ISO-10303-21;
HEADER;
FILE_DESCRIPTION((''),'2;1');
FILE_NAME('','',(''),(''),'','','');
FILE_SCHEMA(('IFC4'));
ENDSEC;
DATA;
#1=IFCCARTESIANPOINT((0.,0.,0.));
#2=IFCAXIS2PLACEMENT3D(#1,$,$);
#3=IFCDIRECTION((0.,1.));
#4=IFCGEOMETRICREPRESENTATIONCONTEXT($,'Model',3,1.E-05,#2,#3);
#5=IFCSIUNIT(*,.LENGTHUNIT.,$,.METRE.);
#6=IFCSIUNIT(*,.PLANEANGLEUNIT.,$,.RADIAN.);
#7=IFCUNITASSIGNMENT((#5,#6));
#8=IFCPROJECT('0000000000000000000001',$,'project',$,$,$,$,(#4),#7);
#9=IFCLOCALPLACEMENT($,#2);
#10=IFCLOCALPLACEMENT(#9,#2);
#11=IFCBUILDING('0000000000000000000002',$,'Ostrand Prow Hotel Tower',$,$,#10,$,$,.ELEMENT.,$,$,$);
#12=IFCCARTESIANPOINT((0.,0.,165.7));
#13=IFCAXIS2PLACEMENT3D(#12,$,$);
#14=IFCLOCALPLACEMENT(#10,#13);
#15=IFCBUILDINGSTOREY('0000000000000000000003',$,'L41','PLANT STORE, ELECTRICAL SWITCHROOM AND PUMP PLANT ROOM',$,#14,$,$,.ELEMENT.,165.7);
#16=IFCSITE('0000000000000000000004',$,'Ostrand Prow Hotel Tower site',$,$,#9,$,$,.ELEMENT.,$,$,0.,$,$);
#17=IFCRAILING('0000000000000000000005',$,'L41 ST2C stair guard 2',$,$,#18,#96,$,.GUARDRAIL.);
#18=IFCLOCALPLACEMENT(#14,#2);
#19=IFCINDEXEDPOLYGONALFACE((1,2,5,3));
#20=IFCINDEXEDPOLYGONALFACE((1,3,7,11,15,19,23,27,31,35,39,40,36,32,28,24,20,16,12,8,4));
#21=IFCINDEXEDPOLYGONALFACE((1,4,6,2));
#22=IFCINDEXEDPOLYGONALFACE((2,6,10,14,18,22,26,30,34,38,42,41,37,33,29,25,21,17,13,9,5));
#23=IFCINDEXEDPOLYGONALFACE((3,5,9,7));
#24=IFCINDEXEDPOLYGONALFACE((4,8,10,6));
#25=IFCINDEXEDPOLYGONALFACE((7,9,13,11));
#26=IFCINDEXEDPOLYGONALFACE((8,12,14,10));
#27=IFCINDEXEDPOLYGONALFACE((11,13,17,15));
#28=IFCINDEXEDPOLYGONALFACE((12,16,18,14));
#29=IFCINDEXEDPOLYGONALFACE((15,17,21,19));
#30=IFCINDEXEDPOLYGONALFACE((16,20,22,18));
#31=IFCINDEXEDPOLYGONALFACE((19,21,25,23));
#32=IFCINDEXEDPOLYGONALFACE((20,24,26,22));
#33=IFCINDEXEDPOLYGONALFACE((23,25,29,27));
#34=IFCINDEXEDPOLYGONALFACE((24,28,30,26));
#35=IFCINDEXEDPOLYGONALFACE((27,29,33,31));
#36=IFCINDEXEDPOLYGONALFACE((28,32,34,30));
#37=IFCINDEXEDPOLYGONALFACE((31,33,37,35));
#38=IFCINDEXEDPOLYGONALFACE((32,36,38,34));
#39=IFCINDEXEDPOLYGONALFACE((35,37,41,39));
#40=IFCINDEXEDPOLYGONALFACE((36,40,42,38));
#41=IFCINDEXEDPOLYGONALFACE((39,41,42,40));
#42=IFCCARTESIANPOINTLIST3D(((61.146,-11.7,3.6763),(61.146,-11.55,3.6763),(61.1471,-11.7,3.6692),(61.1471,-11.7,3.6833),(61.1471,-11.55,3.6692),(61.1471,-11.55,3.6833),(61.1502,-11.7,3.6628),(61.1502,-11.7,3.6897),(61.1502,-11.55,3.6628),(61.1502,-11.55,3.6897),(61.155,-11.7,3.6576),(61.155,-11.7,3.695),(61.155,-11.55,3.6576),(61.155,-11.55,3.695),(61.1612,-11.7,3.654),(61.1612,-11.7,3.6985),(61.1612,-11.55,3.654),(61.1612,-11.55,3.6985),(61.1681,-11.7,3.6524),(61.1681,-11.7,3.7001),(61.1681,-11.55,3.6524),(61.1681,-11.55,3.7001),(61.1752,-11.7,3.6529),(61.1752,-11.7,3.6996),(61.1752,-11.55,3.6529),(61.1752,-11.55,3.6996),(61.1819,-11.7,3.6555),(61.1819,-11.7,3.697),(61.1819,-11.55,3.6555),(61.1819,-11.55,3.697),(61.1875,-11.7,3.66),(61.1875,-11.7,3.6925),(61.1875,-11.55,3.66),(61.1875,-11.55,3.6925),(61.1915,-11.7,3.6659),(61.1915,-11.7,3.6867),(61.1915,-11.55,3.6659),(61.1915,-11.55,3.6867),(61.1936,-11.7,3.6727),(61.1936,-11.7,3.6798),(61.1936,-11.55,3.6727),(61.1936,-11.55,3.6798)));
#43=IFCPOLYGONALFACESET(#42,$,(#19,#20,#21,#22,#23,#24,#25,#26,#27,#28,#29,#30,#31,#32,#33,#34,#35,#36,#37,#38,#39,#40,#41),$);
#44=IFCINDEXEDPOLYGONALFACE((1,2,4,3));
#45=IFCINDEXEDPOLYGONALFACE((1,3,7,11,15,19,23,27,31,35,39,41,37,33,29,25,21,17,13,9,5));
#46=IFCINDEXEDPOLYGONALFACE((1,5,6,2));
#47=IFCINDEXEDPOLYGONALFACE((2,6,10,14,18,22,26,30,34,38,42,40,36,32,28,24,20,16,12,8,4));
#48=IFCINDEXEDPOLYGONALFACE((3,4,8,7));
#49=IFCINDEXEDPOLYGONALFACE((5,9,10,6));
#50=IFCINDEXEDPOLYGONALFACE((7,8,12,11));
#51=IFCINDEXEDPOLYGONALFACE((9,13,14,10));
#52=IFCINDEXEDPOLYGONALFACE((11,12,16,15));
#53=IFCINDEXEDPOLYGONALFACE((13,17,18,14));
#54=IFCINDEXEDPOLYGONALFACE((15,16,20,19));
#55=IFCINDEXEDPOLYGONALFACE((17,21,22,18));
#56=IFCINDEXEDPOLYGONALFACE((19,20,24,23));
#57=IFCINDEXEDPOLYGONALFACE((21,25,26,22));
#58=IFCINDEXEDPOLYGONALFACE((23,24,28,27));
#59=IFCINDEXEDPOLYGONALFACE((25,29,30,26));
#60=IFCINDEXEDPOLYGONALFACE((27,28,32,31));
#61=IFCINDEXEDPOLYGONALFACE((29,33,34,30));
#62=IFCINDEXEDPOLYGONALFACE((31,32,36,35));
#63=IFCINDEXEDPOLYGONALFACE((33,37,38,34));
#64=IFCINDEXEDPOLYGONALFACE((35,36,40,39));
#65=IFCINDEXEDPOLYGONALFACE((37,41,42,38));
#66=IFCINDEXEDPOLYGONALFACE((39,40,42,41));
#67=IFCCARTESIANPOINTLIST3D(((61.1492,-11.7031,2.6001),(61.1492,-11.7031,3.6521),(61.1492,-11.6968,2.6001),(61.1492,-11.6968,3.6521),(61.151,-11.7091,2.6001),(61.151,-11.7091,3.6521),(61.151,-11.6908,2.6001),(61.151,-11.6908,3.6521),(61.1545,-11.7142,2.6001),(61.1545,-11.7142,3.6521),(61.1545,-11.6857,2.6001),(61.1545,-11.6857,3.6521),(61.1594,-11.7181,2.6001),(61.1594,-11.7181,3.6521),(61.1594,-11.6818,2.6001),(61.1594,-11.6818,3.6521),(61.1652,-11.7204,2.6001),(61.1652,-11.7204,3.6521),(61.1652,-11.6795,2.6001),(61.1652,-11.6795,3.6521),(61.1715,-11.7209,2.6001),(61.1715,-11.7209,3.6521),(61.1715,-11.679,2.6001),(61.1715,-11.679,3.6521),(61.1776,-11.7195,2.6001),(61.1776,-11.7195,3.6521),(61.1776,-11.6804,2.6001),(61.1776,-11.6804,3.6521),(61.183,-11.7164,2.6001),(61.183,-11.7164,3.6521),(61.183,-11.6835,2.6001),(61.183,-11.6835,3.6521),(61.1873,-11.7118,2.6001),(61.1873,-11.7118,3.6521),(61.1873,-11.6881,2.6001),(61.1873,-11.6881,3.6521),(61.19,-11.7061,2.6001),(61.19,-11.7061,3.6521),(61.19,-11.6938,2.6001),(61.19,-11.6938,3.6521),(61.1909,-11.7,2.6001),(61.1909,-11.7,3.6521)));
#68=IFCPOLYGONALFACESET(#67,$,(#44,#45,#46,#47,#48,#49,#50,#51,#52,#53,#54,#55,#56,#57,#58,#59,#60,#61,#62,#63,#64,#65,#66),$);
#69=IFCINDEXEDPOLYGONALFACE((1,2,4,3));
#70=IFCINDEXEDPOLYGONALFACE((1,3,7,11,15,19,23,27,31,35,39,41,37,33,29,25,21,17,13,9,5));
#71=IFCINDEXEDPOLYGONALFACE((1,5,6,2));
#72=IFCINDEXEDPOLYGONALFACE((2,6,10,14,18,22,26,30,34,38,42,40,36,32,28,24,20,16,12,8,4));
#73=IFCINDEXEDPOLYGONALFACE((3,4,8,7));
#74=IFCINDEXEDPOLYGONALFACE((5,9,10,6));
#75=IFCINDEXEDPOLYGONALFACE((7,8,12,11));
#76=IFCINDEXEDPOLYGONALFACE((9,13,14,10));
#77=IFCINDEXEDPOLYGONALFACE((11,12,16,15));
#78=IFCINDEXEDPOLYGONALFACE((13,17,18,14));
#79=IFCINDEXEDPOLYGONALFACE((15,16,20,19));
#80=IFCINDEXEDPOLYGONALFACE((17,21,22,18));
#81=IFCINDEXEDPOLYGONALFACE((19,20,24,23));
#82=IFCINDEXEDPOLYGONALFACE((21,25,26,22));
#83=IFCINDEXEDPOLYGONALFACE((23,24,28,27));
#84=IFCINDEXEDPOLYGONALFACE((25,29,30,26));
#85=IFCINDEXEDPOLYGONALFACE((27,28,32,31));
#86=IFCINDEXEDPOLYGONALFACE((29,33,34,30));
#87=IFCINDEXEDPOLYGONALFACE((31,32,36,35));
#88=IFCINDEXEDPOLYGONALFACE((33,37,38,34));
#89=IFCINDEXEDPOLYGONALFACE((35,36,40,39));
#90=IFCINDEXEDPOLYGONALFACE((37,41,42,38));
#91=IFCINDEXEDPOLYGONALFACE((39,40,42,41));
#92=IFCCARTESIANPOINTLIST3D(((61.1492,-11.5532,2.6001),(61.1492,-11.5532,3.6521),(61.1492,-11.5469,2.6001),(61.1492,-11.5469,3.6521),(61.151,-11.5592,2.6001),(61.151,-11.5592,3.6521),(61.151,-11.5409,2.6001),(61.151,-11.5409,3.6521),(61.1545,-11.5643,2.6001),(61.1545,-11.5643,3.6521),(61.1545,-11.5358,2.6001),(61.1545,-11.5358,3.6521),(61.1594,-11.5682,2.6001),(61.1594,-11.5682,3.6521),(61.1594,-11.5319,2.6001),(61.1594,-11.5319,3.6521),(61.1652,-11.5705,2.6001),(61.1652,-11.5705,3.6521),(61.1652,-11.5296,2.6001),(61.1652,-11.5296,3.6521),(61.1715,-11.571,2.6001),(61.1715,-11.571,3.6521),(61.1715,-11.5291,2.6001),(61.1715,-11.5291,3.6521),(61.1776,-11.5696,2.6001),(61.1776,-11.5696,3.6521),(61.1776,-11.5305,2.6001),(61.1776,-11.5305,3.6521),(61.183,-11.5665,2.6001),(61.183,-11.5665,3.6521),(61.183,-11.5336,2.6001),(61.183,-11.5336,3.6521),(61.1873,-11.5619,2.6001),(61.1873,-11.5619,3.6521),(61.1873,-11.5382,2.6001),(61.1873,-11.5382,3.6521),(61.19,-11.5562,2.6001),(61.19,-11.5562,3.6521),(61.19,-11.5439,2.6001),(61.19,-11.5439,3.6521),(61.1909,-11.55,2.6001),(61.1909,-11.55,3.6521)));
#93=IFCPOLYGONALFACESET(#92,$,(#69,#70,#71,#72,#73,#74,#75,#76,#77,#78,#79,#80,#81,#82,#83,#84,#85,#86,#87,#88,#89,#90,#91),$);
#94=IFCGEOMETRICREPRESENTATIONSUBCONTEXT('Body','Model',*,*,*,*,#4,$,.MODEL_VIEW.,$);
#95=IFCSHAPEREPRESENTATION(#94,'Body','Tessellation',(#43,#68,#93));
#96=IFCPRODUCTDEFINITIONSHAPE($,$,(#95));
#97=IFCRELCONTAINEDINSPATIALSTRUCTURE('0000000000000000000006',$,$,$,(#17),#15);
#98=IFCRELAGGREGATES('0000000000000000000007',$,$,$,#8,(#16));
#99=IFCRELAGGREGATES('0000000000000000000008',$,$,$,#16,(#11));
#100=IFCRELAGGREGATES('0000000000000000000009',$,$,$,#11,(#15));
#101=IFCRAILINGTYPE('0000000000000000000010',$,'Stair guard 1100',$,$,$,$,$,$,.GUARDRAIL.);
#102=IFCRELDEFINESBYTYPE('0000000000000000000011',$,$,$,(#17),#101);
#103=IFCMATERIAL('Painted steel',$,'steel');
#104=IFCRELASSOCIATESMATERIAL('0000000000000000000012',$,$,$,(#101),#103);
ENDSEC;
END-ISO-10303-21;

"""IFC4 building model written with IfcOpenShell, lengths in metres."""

from ifc_helpers import new_model, si_unit, direction, frame, origin, origin_2d, place, context, subcontext, project, spatial, circle, extrude, material, type_object, element, save


model = new_model("IFC4")

# Units and contexts
model_context = context("Model", 3, precision=1e-05, world=origin(), true_north=direction((0.0, 1.0)))
body_context = subcontext(model_context, "Body", "Model", "MODEL_VIEW")
ifc_project = project(units=[si_unit("LENGTHUNIT", "METRE"), si_unit("PLANEANGLEUNIT", "RADIAN")], contexts=[model_context])

# Site, building, storey
site_placement = place(None, origin())
site = spatial("IfcSite", under=ifc_project, at=site_placement, Name="Ostrand Prow Hotel Tower site", CompositionType="ELEMENT", RefElevation=0.0)
building_placement = place(site_placement, origin())
building = spatial("IfcBuilding", under=site, at=building_placement, Name="Ostrand Prow Hotel Tower", CompositionType="ELEMENT")
storey_placement = place(building_placement, frame((0.0, 0.0, 165.7)))
storey = spatial("IfcBuildingStorey", under=building, at=storey_placement, Name="L41", Description="PLANT STORE, ELECTRICAL SWITCHROOM AND PUMP PLANT ROOM", CompositionType="ELEMENT", Elevation=165.7)

# Railing
ifc_material_1 = material(Name="Painted steel", Category="steel")
railing_type_1 = type_object("IfcRailingType", Name="Stair guard 1100", PredefinedType="GUARDRAIL", material=ifc_material_1)
railing_1_placement = place(storey_placement, frame((61.1699, -11.7, 2.6001)))
element("IfcRailing", 1, at=railing_1_placement, inside=storey, type_object=railing_type_1, Name="L41 ST2C stair guard 2", PredefinedType="GUARDRAIL", context=body_context, shape_type="SweptSolid", body=[
    extrude(circle(Radius=0.0239, at=origin_2d()), frame((0.0, 0.0, 1.0762), z_axis=(0.0, 1.0, 0.0), x_axis=(-1.0, 0.0, 0.0)), (0.0, 0.0, 1.0), 0.1499),
    extrude(circle(Radius=0.021, at=origin_2d()), origin(), (0.0, 0.0, 1.0), 1.052),
    extrude(circle(Radius=0.021, at=origin_2d()), frame((0.0, 0.1499, 0.0)), (0.0, 0.0, 1.0), 1.052),
])

save(model, "model.ifc")
